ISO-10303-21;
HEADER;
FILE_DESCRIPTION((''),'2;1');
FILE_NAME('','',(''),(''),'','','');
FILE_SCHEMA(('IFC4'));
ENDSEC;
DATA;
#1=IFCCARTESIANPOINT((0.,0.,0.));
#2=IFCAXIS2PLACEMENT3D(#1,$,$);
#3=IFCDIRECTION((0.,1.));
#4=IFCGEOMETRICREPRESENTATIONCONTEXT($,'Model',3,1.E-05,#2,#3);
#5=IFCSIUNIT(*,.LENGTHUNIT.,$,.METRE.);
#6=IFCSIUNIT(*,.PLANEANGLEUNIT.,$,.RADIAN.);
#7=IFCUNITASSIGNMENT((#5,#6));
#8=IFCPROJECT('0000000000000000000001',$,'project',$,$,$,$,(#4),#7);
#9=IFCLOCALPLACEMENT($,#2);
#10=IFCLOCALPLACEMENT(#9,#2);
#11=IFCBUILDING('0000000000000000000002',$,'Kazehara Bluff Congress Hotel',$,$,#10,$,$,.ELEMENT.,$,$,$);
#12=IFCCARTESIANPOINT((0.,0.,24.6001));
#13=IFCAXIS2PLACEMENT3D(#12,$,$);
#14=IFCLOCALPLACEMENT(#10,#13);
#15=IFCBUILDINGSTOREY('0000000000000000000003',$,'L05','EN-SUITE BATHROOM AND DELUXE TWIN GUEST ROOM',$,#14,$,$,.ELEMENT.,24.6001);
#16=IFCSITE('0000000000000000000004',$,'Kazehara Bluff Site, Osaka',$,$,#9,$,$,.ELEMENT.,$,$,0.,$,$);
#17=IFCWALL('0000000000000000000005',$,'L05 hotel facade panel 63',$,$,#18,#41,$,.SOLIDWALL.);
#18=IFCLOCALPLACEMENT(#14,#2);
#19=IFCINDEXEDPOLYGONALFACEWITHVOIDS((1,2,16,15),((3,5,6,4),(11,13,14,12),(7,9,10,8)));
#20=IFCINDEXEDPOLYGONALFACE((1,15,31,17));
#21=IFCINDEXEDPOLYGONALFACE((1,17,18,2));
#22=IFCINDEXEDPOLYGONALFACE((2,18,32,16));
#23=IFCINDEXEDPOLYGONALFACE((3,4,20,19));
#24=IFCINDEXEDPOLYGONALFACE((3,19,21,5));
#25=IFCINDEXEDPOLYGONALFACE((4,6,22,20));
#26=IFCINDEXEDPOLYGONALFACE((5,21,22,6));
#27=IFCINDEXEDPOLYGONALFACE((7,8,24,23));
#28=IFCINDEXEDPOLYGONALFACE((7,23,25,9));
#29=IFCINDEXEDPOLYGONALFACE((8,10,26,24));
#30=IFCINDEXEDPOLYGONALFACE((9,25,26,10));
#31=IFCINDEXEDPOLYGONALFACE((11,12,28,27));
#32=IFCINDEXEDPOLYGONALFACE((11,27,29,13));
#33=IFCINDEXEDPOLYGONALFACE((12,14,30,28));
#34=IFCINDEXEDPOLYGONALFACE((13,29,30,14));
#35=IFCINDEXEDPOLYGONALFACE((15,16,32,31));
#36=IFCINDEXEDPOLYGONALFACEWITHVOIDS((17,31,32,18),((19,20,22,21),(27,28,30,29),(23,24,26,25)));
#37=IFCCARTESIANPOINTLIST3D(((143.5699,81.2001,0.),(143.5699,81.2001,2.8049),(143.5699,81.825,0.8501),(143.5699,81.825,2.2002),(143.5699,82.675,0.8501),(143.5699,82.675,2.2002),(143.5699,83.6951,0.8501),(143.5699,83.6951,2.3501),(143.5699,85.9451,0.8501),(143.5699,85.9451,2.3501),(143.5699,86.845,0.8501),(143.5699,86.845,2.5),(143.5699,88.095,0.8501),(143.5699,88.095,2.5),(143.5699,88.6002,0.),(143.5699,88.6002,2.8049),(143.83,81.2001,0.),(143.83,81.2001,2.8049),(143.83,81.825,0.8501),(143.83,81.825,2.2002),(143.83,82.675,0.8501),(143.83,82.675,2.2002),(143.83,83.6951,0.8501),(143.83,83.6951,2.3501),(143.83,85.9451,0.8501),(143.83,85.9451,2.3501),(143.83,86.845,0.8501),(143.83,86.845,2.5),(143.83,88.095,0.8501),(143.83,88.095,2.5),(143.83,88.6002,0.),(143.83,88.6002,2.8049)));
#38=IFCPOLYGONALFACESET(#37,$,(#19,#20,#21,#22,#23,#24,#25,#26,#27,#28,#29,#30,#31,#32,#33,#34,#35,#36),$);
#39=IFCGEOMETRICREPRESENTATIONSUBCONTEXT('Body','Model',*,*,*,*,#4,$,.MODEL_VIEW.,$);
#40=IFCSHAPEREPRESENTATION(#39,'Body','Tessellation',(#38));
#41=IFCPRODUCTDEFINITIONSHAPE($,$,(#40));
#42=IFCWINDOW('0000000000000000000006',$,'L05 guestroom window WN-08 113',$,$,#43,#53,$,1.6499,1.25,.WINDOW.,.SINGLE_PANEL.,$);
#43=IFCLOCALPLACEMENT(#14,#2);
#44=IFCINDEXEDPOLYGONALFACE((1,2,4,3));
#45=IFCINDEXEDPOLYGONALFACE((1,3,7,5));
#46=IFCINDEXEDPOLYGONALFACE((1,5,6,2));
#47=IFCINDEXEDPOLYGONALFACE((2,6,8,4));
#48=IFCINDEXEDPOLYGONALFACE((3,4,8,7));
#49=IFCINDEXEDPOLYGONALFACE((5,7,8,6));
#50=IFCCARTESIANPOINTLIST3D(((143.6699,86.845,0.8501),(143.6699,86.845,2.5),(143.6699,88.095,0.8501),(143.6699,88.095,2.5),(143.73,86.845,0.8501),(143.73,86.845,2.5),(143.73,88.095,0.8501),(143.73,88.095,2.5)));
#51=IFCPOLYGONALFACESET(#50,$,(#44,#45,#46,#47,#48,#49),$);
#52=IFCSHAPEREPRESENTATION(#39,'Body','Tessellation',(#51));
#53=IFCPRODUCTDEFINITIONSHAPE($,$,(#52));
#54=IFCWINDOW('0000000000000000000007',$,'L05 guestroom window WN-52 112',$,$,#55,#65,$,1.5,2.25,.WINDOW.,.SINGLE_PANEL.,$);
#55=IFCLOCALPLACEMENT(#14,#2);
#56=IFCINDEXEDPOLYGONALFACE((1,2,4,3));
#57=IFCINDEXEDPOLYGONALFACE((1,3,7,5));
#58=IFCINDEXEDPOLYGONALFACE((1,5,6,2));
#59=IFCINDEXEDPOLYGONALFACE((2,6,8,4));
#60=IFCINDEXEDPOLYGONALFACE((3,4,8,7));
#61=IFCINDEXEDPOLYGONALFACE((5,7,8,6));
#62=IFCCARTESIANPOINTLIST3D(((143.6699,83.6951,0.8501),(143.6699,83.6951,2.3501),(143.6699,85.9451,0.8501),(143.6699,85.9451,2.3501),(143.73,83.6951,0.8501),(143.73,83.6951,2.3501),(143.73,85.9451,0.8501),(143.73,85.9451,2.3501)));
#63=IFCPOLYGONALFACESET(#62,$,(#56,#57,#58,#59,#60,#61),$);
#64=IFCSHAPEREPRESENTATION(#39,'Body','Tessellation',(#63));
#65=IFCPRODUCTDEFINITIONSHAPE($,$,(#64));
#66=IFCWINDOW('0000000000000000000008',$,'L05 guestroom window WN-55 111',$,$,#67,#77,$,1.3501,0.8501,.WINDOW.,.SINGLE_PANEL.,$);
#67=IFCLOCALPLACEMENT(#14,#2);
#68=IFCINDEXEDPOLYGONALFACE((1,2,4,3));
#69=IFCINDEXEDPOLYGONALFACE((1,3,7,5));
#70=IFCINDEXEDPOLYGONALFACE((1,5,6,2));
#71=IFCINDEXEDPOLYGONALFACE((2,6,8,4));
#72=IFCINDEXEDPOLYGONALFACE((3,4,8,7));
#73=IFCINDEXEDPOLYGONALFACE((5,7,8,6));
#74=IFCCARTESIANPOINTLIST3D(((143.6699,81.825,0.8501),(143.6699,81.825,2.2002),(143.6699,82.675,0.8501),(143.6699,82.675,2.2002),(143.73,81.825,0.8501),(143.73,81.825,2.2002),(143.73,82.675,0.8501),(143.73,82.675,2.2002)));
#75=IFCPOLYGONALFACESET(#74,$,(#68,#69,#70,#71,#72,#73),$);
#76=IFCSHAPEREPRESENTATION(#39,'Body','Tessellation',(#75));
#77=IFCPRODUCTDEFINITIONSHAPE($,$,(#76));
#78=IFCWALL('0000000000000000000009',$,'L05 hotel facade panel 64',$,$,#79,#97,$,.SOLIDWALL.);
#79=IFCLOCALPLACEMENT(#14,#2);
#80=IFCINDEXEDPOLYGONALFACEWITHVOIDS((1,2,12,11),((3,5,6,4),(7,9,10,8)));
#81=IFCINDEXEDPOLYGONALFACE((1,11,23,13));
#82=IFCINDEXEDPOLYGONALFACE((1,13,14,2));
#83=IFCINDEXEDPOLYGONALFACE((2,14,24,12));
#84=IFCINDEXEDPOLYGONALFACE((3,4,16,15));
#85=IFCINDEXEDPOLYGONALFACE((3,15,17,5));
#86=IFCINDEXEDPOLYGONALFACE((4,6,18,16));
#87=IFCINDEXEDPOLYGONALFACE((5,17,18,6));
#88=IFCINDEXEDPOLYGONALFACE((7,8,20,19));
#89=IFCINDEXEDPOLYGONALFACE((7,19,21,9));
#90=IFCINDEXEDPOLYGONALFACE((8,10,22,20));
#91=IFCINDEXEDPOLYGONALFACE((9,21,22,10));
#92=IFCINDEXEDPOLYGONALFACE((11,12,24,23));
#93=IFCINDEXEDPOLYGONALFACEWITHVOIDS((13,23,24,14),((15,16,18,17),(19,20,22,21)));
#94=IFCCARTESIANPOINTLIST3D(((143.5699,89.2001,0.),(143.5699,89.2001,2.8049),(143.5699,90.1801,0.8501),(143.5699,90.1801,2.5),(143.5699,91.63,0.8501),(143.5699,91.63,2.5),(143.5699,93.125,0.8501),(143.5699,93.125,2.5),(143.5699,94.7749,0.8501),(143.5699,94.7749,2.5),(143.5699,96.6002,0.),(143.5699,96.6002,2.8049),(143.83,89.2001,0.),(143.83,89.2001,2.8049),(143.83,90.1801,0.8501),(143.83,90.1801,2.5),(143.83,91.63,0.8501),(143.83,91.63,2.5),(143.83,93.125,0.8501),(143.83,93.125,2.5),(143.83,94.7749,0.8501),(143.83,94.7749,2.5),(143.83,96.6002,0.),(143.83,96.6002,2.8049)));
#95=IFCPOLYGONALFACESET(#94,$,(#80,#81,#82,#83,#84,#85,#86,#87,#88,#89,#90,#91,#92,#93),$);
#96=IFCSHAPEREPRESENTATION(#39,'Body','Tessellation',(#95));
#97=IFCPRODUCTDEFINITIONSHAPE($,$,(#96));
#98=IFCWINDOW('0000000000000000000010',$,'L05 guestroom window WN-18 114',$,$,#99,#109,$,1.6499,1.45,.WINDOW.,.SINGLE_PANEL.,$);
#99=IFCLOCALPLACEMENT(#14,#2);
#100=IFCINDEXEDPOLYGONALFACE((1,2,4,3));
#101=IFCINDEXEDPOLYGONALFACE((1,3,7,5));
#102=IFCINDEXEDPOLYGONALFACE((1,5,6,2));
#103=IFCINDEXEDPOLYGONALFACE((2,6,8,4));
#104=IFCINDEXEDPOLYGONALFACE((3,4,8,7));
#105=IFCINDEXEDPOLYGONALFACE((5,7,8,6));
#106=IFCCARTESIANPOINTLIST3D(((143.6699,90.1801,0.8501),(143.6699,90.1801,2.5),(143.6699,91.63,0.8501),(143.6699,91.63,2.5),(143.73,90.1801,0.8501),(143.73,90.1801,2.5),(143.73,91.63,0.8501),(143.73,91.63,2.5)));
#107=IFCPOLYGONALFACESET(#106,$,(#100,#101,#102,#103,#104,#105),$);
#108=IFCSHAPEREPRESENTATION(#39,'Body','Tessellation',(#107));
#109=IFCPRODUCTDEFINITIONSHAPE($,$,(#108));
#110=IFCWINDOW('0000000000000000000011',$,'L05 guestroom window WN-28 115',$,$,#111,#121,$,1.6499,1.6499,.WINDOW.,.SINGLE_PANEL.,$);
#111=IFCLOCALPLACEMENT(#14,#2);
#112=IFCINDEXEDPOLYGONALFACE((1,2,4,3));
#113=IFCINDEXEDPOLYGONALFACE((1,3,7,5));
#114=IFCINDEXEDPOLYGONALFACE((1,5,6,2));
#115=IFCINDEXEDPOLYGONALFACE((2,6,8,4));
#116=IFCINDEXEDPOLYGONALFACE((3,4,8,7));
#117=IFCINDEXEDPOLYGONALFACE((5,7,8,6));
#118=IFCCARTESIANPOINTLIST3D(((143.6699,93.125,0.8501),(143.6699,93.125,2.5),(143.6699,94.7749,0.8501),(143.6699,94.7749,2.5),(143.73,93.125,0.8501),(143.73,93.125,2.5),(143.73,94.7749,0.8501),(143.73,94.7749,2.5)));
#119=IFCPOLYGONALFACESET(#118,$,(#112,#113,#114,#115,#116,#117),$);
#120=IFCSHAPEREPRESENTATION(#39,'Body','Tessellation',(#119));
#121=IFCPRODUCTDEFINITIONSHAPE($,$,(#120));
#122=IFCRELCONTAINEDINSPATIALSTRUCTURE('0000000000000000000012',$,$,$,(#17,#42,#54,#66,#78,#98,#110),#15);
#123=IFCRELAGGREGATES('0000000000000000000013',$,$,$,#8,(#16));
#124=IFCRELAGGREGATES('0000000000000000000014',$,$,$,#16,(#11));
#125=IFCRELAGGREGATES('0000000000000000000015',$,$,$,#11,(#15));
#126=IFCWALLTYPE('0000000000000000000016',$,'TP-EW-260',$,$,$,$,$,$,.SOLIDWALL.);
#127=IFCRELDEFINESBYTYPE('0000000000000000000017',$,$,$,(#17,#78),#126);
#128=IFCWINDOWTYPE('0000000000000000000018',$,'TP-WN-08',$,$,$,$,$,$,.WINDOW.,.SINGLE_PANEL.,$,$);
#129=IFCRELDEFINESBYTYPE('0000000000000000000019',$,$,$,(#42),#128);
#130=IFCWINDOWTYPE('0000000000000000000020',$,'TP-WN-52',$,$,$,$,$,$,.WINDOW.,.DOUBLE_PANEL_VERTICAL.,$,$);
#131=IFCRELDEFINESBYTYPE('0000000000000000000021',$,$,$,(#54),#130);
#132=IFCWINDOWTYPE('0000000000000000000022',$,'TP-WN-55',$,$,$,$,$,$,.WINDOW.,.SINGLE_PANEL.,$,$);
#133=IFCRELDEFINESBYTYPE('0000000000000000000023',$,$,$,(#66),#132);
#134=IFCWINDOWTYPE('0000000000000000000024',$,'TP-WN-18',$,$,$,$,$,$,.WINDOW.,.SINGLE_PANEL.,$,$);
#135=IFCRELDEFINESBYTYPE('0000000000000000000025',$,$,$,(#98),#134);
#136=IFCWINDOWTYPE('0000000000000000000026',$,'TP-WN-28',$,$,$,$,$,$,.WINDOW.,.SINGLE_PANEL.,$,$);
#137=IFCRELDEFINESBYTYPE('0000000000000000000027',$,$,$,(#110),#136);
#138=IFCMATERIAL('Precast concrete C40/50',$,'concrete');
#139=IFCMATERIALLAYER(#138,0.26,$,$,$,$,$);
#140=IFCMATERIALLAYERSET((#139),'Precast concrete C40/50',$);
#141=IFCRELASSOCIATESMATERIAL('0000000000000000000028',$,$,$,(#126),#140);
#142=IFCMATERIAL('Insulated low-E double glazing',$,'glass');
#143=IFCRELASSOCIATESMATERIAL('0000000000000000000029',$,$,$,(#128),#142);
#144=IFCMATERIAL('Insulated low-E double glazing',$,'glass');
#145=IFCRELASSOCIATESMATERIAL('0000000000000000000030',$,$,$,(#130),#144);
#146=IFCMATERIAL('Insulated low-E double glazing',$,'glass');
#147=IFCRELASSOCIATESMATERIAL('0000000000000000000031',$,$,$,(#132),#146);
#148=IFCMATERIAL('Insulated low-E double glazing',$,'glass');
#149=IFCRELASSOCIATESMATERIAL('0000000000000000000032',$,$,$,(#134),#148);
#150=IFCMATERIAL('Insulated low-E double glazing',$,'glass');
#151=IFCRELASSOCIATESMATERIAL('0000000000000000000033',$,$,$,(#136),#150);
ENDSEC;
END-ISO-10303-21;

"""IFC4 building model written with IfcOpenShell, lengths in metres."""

from ifc_helpers import new_model, si_unit, direction, frame, frame_2d, origin, place, context, subcontext, project, spatial, rectangle, extrude, material, layer, layer_set, type_object, element, fill, save


model = new_model("IFC4")

# Units and contexts
model_context = context("Model", 3, precision=1e-05, world=origin(), true_north=direction((0.0, 1.0)))
body_context = subcontext(model_context, "Body", "Model", "MODEL_VIEW")
ifc_project = project(units=[si_unit("LENGTHUNIT", "METRE"), si_unit("PLANEANGLEUNIT", "RADIAN")], contexts=[model_context])

# Site, building, storey
site_placement = place(None, origin())
site = spatial("IfcSite", under=ifc_project, at=site_placement, Name="Kazehara Bluff Site, Osaka", CompositionType="ELEMENT", RefElevation=0.0)
building_placement = place(site_placement, origin())
building = spatial("IfcBuilding", under=site, at=building_placement, Name="Kazehara Bluff Congress Hotel", CompositionType="ELEMENT")
storey_placement = place(building_placement, frame((0.0, 0.0, 24.6001)))
storey = spatial("IfcBuildingStorey", under=building, at=storey_placement, Name="L05", Description="EN-SUITE BATHROOM AND DELUXE TWIN GUEST ROOM", CompositionType="ELEMENT", Elevation=24.6001)

# Shared definitions
ifc_material_1 = material(Name="Precast concrete C40/50", Category="concrete")
ifc_layer = layer(ifc_material_1, 0.26)
ifc_layer_set = layer_set([ifc_layer], Name="Precast concrete C40/50")
wall_type = type_object("IfcWallType", Name="TP-EW-260", PredefinedType="SOLIDWALL", material=ifc_layer_set)

# Walls, openings, windows
wall_1_placement = place(storey_placement, frame((143.7, 81.2, 0.0), z_axis=(0.0, 0.0, 1.0), x_axis=(0.0, 1.0, 0.0)))
wall_1 = element("IfcWall", 1, at=wall_1_placement, inside=storey, type_object=wall_type, Name="L05 hotel facade panel 63", PredefinedType="SOLIDWALL", context=body_context, shape_type="SweptSolid", body=[
    extrude(rectangle(XDim=7.4001, YDim=0.26, at=frame_2d((3.7002, 0.0))), origin(), (0.0, 0.0, 1.0), 2.8049),
])
opening_1_placement = place(wall_1_placement, frame((0.625, 0.0, 0.8501)))
opening_1 = element("IfcOpeningElement", 2, at=opening_1_placement, cuts=wall_1, PredefinedType="OPENING", context=body_context, shape_type="SweptSolid", body=[
    extrude(rectangle(XDim=0.8501, YDim=1.3501, at=frame_2d((0.425, 0.675))), frame((0.0, 0.1399, 0.0), z_axis=(0.0, -1.0, 0.0), x_axis=(1.0, 0.0, 0.0)), (0.0, 0.0, 1.0), 0.28),
])
opening_2_placement = place(wall_1_placement, frame((2.4951, 0.0, 0.8501)))
opening_2 = element("IfcOpeningElement", 3, at=opening_2_placement, cuts=wall_1, PredefinedType="OPENING", context=body_context, shape_type="SweptSolid", body=[
    extrude(rectangle(XDim=2.25, YDim=1.5, at=frame_2d((1.125, 0.75))), frame((0.0, 0.1399, 0.0), z_axis=(0.0, -1.0, 0.0), x_axis=(1.0, 0.0, 0.0)), (0.0, 0.0, 1.0), 0.28),
])
opening_3_placement = place(wall_1_placement, frame((5.645, 0.0, 0.8501)))
opening_3 = element("IfcOpeningElement", 4, at=opening_3_placement, cuts=wall_1, PredefinedType="OPENING", context=body_context, shape_type="SweptSolid", body=[
    extrude(rectangle(XDim=1.25, YDim=1.6499, at=frame_2d((0.625, 0.825))), frame((0.0, 0.1399, 0.0), z_axis=(0.0, -1.0, 0.0), x_axis=(1.0, 0.0, 0.0)), (0.0, 0.0, 1.0), 0.28),
])
ifc_material_2 = material(Name="Insulated low-E double glazing", Category="glass")
window_type_1 = type_object("IfcWindowType", Name="TP-WN-08", PartitioningType="SINGLE_PANEL", PredefinedType="WINDOW", material=ifc_material_2)
window_1_placement = place(opening_3_placement, origin())
window_1 = element("IfcWindow", 5, at=window_1_placement, inside=storey, type_object=window_type_1, Name="L05 guestroom window WN-08 113", OverallHeight=1.6499, OverallWidth=1.25, PartitioningType="SINGLE_PANEL", PredefinedType="WINDOW", context=body_context, shape_type="SweptSolid", body=[
    extrude(rectangle(XDim=1.25, YDim=1.6499, at=frame_2d((0.625, 0.825))), frame((0.0, 0.03, 0.0), z_axis=(0.0, -1.0, 0.0), x_axis=(1.0, 0.0, 0.0)), (0.0, 0.0, 1.0), 0.0601),
])
fill(opening_3, window_1)
ifc_material_3 = material(Name="Insulated low-E double glazing", Category="glass")
window_type_2 = type_object("IfcWindowType", Name="TP-WN-52", PartitioningType="DOUBLE_PANEL_VERTICAL", PredefinedType="WINDOW", material=ifc_material_3)
window_2_placement = place(opening_2_placement, origin())
window_2 = element("IfcWindow", 6, at=window_2_placement, inside=storey, type_object=window_type_2, Name="L05 guestroom window WN-52 112", OverallHeight=1.5, OverallWidth=2.25, PartitioningType="SINGLE_PANEL", PredefinedType="WINDOW", context=body_context, shape_type="SweptSolid", body=[
    extrude(rectangle(XDim=2.25, YDim=1.5, at=frame_2d((1.125, 0.75))), frame((0.0, 0.03, 0.0), z_axis=(0.0, -1.0, 0.0), x_axis=(1.0, 0.0, 0.0)), (0.0, 0.0, 1.0), 0.0601),
])
fill(opening_2, window_2)
ifc_material_4 = material(Name="Insulated low-E double glazing", Category="glass")
window_type_3 = type_object("IfcWindowType", Name="TP-WN-55", PartitioningType="SINGLE_PANEL", PredefinedType="WINDOW", material=ifc_material_4)
window_3_placement = place(opening_1_placement, origin())
window_3 = element("IfcWindow", 7, at=window_3_placement, inside=storey, type_object=window_type_3, Name="L05 guestroom window WN-55 111", OverallHeight=1.3501, OverallWidth=0.8501, PartitioningType="SINGLE_PANEL", PredefinedType="WINDOW", context=body_context, shape_type="SweptSolid", body=[
    extrude(rectangle(XDim=0.8501, YDim=1.3501, at=frame_2d((0.425, 0.675))), frame((0.0, 0.03, 0.0), z_axis=(0.0, -1.0, 0.0), x_axis=(1.0, 0.0, 0.0)), (0.0, 0.0, 1.0), 0.0601),
])
fill(opening_1, window_3)
wall_2_placement = place(storey_placement, frame((143.7, 89.2, 0.0), z_axis=(0.0, 0.0, 1.0), x_axis=(0.0, 1.0, 0.0)))
wall_2 = element("IfcWall", 8, at=wall_2_placement, inside=storey, type_object=wall_type, Name="L05 hotel facade panel 64", PredefinedType="SOLIDWALL", context=body_context, shape_type="SweptSolid", body=[
    extrude(rectangle(XDim=7.4001, YDim=0.26, at=frame_2d((3.7002, 0.0))), origin(), (0.0, 0.0, 1.0), 2.8049),
])
opening_4_placement = place(wall_2_placement, frame((0.98, 0.0, 0.8501)))
opening_4 = element("IfcOpeningElement", 9, at=opening_4_placement, cuts=wall_2, PredefinedType="OPENING", context=body_context, shape_type="SweptSolid", body=[
    extrude(rectangle(XDim=1.45, YDim=1.6499, at=frame_2d((0.7251, 0.825))), frame((0.0, 0.1399, 0.0), z_axis=(0.0, -1.0, 0.0), x_axis=(1.0, 0.0, 0.0)), (0.0, 0.0, 1.0), 0.28),
])
opening_5_placement = place(wall_2_placement, frame((3.925, 0.0, 0.8501)))
opening_5 = element("IfcOpeningElement", 10, at=opening_5_placement, cuts=wall_2, PredefinedType="OPENING", context=body_context, shape_type="SweptSolid", body=[
    extrude(rectangle(XDim=1.6499, YDim=1.6499, at=frame_2d((0.825, 0.825))), frame((0.0, 0.1399, 0.0), z_axis=(0.0, -1.0, 0.0), x_axis=(1.0, 0.0, 0.0)), (0.0, 0.0, 1.0), 0.28),
])
ifc_material_5 = material(Name="Insulated low-E double glazing", Category="glass")
window_type_4 = type_object("IfcWindowType", Name="TP-WN-18", PartitioningType="SINGLE_PANEL", PredefinedType="WINDOW", material=ifc_material_5)
window_4_placement = place(opening_4_placement, origin())
window_4 = element("IfcWindow", 11, at=window_4_placement, inside=storey, type_object=window_type_4, Name="L05 guestroom window WN-18 114", OverallHeight=1.6499, OverallWidth=1.45, PartitioningType="SINGLE_PANEL", PredefinedType="WINDOW", context=body_context, shape_type="SweptSolid", body=[
    extrude(rectangle(XDim=1.45, YDim=1.6499, at=frame_2d((0.7251, 0.825))), frame((0.0, 0.03, 0.0), z_axis=(0.0, -1.0, 0.0), x_axis=(1.0, 0.0, 0.0)), (0.0, 0.0, 1.0), 0.0601),
])
fill(opening_4, window_4)
ifc_material_6 = material(Name="Insulated low-E double glazing", Category="glass")
window_type_5 = type_object("IfcWindowType", Name="TP-WN-28", PartitioningType="SINGLE_PANEL", PredefinedType="WINDOW", material=ifc_material_6)
window_5_placement = place(opening_5_placement, origin())
window_5 = element("IfcWindow", 12, at=window_5_placement, inside=storey, type_object=window_type_5, Name="L05 guestroom window WN-28 115", OverallHeight=1.6499, OverallWidth=1.6499, PartitioningType="SINGLE_PANEL", PredefinedType="WINDOW", context=body_context, shape_type="SweptSolid", body=[
    extrude(rectangle(XDim=1.6499, YDim=1.6499, at=frame_2d((0.825, 0.825))), frame((0.0, 0.03, 0.0), z_axis=(0.0, -1.0, 0.0), x_axis=(1.0, 0.0, 0.0)), (0.0, 0.0, 1.0), 0.0601),
])
fill(opening_5, window_5)

save(model, "model.ifc")
